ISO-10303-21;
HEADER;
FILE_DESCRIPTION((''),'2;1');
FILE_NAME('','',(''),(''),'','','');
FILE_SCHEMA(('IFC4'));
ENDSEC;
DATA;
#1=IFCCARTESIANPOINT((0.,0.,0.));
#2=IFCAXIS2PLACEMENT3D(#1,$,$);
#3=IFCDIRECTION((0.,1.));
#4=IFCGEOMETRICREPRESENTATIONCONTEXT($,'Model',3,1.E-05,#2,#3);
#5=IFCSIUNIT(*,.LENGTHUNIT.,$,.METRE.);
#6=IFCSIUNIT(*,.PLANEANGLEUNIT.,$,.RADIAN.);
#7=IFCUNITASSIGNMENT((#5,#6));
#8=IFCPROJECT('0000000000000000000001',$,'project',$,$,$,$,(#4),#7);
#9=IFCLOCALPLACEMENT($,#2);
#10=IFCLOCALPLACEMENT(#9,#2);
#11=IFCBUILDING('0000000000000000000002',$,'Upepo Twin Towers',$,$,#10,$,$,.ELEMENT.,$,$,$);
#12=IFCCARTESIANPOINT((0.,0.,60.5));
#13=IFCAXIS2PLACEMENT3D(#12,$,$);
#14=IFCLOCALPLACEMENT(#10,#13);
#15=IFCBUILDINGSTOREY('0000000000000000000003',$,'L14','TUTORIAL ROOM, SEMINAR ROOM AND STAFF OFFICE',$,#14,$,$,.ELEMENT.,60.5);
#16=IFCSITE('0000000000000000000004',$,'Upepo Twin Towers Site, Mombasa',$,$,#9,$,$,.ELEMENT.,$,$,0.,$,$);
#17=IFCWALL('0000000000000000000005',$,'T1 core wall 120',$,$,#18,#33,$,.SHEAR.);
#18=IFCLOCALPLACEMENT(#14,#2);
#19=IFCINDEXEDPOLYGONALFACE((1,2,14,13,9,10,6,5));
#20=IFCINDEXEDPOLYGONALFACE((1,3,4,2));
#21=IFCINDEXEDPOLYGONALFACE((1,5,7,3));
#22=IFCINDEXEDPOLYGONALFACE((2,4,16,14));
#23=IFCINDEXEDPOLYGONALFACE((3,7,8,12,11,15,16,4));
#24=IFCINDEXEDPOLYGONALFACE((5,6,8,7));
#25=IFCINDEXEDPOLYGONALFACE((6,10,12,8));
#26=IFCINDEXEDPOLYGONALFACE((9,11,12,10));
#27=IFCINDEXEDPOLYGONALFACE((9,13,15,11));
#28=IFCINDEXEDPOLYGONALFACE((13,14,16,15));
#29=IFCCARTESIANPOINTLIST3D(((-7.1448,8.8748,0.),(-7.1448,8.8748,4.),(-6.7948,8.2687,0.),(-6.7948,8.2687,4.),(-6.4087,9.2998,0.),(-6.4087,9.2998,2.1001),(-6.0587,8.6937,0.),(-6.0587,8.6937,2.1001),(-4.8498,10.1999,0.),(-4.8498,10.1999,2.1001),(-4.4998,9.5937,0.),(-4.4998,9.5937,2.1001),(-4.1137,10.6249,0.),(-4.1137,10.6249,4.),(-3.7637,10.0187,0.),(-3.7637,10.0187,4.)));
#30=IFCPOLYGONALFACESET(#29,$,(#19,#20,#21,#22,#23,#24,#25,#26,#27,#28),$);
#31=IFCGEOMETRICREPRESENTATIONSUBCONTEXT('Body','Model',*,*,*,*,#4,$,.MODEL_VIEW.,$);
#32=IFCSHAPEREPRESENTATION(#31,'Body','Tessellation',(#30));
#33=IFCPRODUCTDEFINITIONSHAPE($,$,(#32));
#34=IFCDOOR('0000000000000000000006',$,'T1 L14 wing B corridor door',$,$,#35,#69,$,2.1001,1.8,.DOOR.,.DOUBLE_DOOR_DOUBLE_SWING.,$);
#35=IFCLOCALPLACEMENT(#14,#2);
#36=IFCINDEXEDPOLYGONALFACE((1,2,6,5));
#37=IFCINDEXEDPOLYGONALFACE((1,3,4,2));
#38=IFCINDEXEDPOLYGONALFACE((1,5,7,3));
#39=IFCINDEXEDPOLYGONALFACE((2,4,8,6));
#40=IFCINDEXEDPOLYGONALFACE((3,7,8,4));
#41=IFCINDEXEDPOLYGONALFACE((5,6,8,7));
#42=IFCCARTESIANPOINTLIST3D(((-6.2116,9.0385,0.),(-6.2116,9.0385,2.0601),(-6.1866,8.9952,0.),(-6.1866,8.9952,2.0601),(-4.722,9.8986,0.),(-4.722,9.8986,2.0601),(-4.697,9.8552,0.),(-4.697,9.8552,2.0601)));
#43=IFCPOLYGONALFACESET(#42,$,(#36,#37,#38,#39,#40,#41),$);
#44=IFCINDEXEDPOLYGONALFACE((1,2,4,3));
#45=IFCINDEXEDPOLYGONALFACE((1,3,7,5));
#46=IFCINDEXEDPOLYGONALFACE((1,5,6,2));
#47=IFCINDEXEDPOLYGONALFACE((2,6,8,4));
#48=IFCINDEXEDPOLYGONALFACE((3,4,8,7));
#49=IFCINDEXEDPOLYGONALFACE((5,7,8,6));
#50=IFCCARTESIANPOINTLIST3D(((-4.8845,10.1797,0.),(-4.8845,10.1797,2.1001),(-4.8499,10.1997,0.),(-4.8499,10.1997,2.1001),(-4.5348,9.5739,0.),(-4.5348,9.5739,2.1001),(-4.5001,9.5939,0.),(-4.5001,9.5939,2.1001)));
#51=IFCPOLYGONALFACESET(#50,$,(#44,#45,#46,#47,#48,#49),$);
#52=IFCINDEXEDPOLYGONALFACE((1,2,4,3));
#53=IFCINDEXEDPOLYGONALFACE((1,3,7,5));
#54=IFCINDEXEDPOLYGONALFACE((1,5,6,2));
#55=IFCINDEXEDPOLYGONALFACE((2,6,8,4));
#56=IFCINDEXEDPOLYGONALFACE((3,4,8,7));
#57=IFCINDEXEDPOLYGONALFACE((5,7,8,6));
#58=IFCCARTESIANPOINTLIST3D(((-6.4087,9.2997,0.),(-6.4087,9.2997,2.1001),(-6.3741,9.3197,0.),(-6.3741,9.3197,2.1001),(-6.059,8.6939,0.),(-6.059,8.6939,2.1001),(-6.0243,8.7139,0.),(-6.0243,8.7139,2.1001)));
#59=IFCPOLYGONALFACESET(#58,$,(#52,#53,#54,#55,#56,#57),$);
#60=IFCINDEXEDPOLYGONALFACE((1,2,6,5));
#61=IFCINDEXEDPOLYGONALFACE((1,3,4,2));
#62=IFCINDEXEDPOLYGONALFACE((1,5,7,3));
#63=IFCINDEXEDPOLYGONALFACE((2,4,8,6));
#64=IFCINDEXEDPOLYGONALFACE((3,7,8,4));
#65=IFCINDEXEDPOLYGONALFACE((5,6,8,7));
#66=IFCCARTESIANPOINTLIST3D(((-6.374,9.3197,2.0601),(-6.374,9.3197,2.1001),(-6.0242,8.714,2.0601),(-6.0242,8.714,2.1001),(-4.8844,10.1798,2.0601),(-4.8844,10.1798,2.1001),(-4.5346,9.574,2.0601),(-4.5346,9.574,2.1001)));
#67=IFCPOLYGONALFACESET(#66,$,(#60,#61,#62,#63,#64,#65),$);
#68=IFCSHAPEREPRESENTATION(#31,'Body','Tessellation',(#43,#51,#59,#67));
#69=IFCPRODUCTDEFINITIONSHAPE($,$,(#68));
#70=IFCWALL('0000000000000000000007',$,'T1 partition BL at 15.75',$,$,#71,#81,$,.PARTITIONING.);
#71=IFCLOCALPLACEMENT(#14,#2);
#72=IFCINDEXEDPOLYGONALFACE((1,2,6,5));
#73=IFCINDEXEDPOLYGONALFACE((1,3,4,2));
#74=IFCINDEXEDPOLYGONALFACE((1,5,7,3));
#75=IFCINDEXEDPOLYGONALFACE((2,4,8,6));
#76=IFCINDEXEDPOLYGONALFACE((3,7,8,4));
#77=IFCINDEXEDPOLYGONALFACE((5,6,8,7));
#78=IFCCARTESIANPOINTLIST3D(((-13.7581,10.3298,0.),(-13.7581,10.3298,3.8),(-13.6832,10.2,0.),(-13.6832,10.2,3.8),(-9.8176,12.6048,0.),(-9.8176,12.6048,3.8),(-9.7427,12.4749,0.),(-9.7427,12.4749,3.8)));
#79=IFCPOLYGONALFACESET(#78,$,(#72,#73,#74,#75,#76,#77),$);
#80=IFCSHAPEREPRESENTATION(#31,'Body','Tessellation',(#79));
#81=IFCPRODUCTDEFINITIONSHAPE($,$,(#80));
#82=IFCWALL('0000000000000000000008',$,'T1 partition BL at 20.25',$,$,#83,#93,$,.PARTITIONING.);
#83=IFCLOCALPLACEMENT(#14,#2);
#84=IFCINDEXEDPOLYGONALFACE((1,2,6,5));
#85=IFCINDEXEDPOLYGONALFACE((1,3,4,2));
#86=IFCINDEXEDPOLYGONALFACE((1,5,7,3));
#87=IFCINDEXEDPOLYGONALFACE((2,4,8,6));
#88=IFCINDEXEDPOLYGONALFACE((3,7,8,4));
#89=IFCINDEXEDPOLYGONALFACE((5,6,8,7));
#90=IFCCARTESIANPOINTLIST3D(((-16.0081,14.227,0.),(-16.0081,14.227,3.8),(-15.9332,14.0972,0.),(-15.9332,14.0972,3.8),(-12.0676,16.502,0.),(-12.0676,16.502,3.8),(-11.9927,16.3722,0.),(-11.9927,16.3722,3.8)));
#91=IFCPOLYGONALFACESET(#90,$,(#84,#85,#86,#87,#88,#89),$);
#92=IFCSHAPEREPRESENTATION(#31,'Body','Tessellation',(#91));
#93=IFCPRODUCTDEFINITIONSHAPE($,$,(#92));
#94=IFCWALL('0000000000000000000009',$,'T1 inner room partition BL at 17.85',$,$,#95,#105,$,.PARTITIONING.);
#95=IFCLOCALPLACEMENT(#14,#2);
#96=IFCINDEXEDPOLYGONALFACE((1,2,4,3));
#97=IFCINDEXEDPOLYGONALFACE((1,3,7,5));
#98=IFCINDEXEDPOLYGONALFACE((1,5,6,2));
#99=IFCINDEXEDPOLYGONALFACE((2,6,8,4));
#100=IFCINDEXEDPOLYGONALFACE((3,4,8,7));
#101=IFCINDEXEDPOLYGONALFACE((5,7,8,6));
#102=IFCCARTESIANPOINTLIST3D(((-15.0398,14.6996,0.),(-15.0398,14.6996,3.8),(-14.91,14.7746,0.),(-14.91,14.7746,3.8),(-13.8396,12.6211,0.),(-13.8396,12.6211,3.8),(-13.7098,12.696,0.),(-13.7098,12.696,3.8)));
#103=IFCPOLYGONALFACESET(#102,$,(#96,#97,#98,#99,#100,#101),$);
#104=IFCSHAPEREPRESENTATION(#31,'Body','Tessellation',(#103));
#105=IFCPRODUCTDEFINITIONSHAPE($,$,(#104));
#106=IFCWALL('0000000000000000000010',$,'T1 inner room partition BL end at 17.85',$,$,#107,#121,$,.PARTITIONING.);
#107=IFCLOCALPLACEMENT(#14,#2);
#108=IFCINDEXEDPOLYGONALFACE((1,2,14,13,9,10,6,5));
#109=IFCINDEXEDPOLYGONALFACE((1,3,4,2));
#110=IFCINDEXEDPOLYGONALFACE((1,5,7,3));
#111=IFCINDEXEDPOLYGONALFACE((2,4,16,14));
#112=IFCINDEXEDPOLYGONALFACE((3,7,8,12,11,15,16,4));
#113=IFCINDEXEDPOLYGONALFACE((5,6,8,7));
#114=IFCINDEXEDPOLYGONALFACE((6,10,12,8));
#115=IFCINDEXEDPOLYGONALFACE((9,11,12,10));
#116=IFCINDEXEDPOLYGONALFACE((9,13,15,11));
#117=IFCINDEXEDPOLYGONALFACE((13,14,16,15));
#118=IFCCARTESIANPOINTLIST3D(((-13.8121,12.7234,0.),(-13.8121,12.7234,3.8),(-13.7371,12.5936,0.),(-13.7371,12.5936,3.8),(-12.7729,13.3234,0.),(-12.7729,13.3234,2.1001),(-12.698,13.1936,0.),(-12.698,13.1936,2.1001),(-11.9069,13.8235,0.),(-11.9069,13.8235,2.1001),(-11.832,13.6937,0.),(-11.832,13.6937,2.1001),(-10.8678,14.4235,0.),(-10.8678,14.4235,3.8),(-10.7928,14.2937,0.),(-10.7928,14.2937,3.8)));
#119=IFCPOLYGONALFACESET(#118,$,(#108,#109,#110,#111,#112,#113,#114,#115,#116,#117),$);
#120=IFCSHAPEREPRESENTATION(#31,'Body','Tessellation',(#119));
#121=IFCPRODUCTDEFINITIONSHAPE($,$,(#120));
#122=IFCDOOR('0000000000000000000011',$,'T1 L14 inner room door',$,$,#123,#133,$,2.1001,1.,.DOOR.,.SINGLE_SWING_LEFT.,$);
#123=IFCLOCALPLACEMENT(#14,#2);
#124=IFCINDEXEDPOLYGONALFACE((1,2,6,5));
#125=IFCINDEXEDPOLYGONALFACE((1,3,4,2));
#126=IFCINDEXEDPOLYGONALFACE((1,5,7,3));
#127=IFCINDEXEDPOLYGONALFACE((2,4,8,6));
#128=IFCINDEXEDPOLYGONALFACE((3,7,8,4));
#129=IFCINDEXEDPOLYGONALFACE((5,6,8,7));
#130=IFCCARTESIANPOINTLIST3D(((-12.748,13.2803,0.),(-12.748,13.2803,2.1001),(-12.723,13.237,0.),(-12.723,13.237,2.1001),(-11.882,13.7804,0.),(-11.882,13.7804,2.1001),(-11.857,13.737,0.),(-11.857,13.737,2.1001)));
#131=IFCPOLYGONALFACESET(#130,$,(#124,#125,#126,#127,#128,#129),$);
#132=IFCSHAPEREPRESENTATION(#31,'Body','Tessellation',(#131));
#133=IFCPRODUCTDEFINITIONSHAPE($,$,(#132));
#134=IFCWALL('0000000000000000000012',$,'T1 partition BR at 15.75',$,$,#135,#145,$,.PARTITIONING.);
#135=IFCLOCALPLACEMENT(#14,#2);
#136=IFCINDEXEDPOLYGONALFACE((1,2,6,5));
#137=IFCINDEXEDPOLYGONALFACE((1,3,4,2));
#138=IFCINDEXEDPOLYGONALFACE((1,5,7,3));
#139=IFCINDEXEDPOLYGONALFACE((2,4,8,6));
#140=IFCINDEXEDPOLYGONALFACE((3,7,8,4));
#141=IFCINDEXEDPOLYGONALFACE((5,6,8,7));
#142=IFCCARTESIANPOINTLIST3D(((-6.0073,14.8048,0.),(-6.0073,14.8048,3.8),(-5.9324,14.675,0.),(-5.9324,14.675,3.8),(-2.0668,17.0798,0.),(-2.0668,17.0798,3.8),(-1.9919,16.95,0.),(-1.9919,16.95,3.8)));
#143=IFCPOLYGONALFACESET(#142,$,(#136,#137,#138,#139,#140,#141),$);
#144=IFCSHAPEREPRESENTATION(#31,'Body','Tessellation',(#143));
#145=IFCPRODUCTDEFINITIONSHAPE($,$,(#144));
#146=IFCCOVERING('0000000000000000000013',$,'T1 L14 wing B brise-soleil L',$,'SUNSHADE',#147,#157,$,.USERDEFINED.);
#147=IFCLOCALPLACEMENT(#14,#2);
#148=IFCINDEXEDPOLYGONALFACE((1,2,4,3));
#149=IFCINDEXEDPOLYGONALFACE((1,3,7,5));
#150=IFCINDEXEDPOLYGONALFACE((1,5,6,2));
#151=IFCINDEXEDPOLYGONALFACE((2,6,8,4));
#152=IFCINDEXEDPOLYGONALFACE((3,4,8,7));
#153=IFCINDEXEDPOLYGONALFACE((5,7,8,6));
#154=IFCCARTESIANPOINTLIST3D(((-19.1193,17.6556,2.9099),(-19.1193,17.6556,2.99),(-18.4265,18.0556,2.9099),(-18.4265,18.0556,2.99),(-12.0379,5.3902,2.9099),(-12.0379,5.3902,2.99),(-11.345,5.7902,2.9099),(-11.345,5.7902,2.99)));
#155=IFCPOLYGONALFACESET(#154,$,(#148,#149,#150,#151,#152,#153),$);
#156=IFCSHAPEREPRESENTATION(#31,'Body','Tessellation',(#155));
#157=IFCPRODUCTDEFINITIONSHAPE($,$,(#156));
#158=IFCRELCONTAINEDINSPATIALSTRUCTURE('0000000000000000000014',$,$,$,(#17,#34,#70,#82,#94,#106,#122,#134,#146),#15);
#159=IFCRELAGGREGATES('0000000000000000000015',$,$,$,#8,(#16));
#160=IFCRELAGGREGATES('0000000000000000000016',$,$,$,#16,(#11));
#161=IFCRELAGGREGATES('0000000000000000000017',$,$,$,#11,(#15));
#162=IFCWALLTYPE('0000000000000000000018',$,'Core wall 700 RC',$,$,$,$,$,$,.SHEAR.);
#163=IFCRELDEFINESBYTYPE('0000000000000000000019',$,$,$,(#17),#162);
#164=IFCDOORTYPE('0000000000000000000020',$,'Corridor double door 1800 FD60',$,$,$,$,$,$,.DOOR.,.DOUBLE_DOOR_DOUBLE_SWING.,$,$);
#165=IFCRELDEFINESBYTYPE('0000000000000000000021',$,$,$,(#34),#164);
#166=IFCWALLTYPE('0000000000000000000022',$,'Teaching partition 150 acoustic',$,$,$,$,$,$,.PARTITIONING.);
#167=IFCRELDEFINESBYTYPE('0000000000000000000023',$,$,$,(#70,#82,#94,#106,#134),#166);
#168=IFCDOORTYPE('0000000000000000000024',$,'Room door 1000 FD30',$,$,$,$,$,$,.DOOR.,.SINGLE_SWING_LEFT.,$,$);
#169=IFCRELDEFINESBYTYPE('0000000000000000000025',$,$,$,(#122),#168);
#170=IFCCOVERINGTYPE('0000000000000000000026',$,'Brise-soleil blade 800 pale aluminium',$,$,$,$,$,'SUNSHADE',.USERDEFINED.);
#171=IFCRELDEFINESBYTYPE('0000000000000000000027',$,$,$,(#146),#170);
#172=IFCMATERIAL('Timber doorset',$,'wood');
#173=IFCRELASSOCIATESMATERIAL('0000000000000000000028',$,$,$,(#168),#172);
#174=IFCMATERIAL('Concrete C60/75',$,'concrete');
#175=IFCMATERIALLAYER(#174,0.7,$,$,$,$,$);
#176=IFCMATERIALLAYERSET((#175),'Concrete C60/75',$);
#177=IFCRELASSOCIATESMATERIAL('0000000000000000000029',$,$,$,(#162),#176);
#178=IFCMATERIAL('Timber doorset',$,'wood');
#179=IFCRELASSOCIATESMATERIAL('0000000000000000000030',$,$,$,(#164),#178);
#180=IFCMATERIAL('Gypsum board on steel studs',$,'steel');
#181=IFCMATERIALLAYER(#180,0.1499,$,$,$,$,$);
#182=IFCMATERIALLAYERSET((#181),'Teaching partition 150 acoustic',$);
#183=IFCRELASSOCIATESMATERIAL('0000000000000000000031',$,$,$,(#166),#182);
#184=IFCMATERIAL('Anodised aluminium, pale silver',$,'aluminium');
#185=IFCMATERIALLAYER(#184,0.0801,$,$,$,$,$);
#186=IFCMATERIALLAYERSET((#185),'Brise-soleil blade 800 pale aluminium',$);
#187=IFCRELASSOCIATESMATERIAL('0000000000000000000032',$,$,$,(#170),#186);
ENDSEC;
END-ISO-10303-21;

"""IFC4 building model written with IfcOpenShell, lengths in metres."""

from ifc_helpers import new_model, si_unit, direction, frame, frame_2d, origin, origin_2d, place, context, subcontext, project, spatial, rectangle, extrude, material, layer, layer_set, type_object, element, fill, save


model = new_model("IFC4")

# Units and contexts
model_context = context("Model", 3, precision=1e-05, world=origin(), true_north=direction((0.0, 1.0)))
body_context = subcontext(model_context, "Body", "Model", "MODEL_VIEW")
ifc_project = project(units=[si_unit("LENGTHUNIT", "METRE"), si_unit("PLANEANGLEUNIT", "RADIAN")], contexts=[model_context])

# Site, building, storey
site_placement = place(None, origin())
site = spatial("IfcSite", under=ifc_project, at=site_placement, Name="Upepo Twin Towers Site, Mombasa", CompositionType="ELEMENT", RefElevation=0.0)
building_placement = place(site_placement, origin())
building = spatial("IfcBuilding", under=site, at=building_placement, Name="Upepo Twin Towers", CompositionType="ELEMENT")
storey_placement = place(building_placement, frame((0.0, 0.0, 60.5)))
storey = spatial("IfcBuildingStorey", under=building, at=storey_placement, Name="L14", Description="TUTORIAL ROOM, SEMINAR ROOM AND STAFF OFFICE", CompositionType="ELEMENT", Elevation=60.5)

# Shared definitions
ifc_material_1 = material(Name="Timber doorset", Category="wood")
door_type_1 = type_object("IfcDoorType", Name="Room door 1000 FD30", OperationType="SINGLE_SWING_LEFT", PredefinedType="DOOR", material=ifc_material_1)

# Wall, opening, door
ifc_material_2 = material(Name="Concrete C60/75", Category="concrete")
ifc_layer_1 = layer(ifc_material_2, 0.7)
ifc_layer_set_1 = layer_set([ifc_layer_1], Name="Concrete C60/75")
wall_type_1 = type_object("IfcWallType", Name="Core wall 700 RC", PredefinedType="SHEAR", material=ifc_layer_set_1)
wall_1_placement = place(storey_placement, frame((-3.9387, 10.3218, 0.0), z_axis=(0.0, 0.0, 1.0), x_axis=(-0.866019, -0.50001, 0.0)))
wall_1 = element("IfcWall", 1, at=wall_1_placement, inside=storey, type_object=wall_type_1, Name="T1 core wall 120", PredefinedType="SHEAR", context=body_context, shape_type="SweptSolid", body=[
    extrude(rectangle(XDim=3.5, YDim=0.7, at=frame_2d((1.75, 0.0))), origin(), (0.0, 0.0, 1.0), 4.0),
])
opening_1_placement = place(wall_1_placement, frame((0.8501, 0.0, 0.0)))
opening_1 = element("IfcOpeningElement", 2, at=opening_1_placement, cuts=wall_1, PredefinedType="OPENING", context=body_context, shape_type="SweptSolid", body=[
    extrude(rectangle(XDim=1.8, YDim=2.1001, at=frame_2d((0.8999, 1.05))), frame((0.0, 0.3599, 0.0), z_axis=(0.0, -1.0, 0.0), x_axis=(1.0, 0.0, 0.0)), (0.0, 0.0, 1.0), 0.72),
])
ifc_material_3 = material(Name="Timber doorset", Category="wood")
door_type_2 = type_object("IfcDoorType", Name="Corridor double door 1800 FD60", OperationType="DOUBLE_DOOR_DOUBLE_SWING", PredefinedType="DOOR", material=ifc_material_3)
door_1_placement = place(opening_1_placement, origin())
door_1 = element("IfcDoor", 3, at=door_1_placement, inside=storey, type_object=door_type_2, Name="T1 L14 wing B corridor door", OperationType="DOUBLE_DOOR_DOUBLE_SWING", OverallHeight=2.1001, OverallWidth=1.8, PredefinedType="DOOR", context=body_context, shape_type="SweptSolid", body=[
    extrude(rectangle(XDim=1.72, YDim=2.0601, at=frame_2d((0.8999, 1.03))), frame((0.0, 0.0249, 0.0), z_axis=(0.0, -1.0, 0.0), x_axis=(1.0, 0.0, 0.0)), (0.0, 0.0, 1.0), 0.05),
    extrude(rectangle(XDim=0.04, YDim=2.1001, at=frame_2d((0.02, 1.05))), frame((0.0, 0.3496, 0.0), z_axis=(0.0, -1.0, 0.0), x_axis=(1.0, 0.0, 0.0)), (0.0, 0.0, 1.0), 0.6995),
    extrude(rectangle(XDim=0.04, YDim=2.1001, at=frame_2d((1.78, 1.05))), frame((0.0, 0.3496, 0.0), z_axis=(0.0, -1.0, 0.0), x_axis=(1.0, 0.0, 0.0)), (0.0, 0.0, 1.0), 0.6995),
    extrude(rectangle(XDim=1.72, YDim=0.04, at=frame_2d((0.8999, 2.0801))), frame((0.0, 0.3496, 0.0), z_axis=(0.0, -1.0, 0.0), x_axis=(1.0, 0.0, 0.0)), (0.0, 0.0, 1.0), 0.6995),
])
fill(opening_1, door_1)

# Walls
ifc_material_4 = material(Name="Gypsum board on steel studs", Category="steel")
ifc_layer_2 = layer(ifc_material_4, 0.1499)
ifc_layer_set_2 = layer_set([ifc_layer_2], Name="Teaching partition 150 acoustic")
wall_type_2 = type_object("IfcWallType", Name="Teaching partition 150 acoustic", PredefinedType="PARTITIONING", material=ifc_layer_set_2)
for number, where, z_axis, x_axis, name in (
    (4, (-9.7803, 12.5398, 0.0), (0.0, 0.0, 1.0), (-0.866035, -0.499983, 0.0), "T1 partition BL at 15.75"),
    (5, (-12.0303, 16.437, 0.0), (0.0, 0.0, 1.0), (-0.866035, -0.499983, 0.0), "T1 partition BL at 20.25"),
):
    element("IfcWall", number, at=place(storey_placement, frame(where, z_axis=z_axis, x_axis=x_axis)), inside=storey, type_object=wall_type_2, Name=name, PredefinedType="PARTITIONING", context=body_context, shape_type="SweptSolid", body=[
        extrude(rectangle(XDim=4.55, YDim=0.1499, at=frame_2d((2.2749, 0.0))), origin(), (0.0, 0.0, 1.0), 3.8),
    ])
wall_2_placement = place(storey_placement, frame((-13.7747, 12.6584, 0.0), z_axis=(0.0, 0.0, 1.0), x_axis=(-0.500034, 0.866006, 0.0)))
element("IfcWall", 6, at=wall_2_placement, inside=storey, type_object=wall_type_2, Name="T1 inner room partition BL at 17.85", PredefinedType="PARTITIONING", context=body_context, shape_type="SweptSolid", body=[
    extrude(rectangle(XDim=2.4001, YDim=0.1499, at=frame_2d((1.2002, 0.0))), origin(), (0.0, 0.0, 1.0), 3.8),
])

# Wall, opening, door
wall_3_placement = place(storey_placement, frame((-10.8303, 14.3586, 0.0), z_axis=(0.0, 0.0, 1.0), x_axis=(-0.865989, -0.500062, 0.0)))
wall_3 = element("IfcWall", 7, at=wall_3_placement, inside=storey, type_object=wall_type_2, Name="T1 inner room partition BL end at 17.85", PredefinedType="PARTITIONING", context=body_context, shape_type="SweptSolid", body=[
    extrude(rectangle(XDim=3.3999, YDim=0.1499, at=frame_2d((1.7, 0.0))), origin(), (0.0, 0.0, 1.0), 3.8),
])
opening_2_placement = place(wall_3_placement, frame((1.2, 0.0, 0.0)))
opening_2 = element("IfcOpeningElement", 8, at=opening_2_placement, cuts=wall_3, PredefinedType="OPENING", context=body_context, shape_type="SweptSolid", body=[
    extrude(rectangle(XDim=1.0, YDim=2.1001, at=frame_2d((0.5, 1.05))), frame((0.0, 0.085, 0.0), z_axis=(0.0, -1.0, 0.0), x_axis=(1.0, 0.0, 0.0)), (0.0, 0.0, 1.0), 0.1699),
])
door_2_placement = place(opening_2_placement, origin())
door_2 = element("IfcDoor", 9, at=door_2_placement, inside=storey, type_object=door_type_1, Name="T1 L14 inner room door", OperationType="SINGLE_SWING_LEFT", OverallHeight=2.1001, OverallWidth=1.0, PredefinedType="DOOR", context=body_context, shape_type="SweptSolid", body=[
    extrude(rectangle(XDim=1.0, YDim=2.1001, at=frame_2d((0.5, 1.05))), frame((0.0, 0.0249, 0.0), z_axis=(0.0, -1.0, 0.0), x_axis=(1.0, 0.0, 0.0)), (0.0, 0.0, 1.0), 0.05),
])
fill(opening_2, door_2)

# Wall
wall_4_placement = place(storey_placement, frame((-5.9697, 14.74, 0.0), z_axis=(0.0, 0.0, 1.0), x_axis=(0.866035, 0.499983, 0.0)))
element("IfcWall", 10, at=wall_4_placement, inside=storey, type_object=wall_type_2, Name="T1 partition BR at 15.75", PredefinedType="PARTITIONING", context=body_context, shape_type="SweptSolid", body=[
    extrude(rectangle(XDim=4.55, YDim=0.1499, at=frame_2d((2.2749, 0.0))), origin(), (0.0, 0.0, 1.0), 3.8),
])

# Covering
ifc_material_5 = material(Name="Anodised aluminium, pale silver", Category="aluminium")
ifc_layer_3 = layer(ifc_material_5, 0.0801)
ifc_layer_set_3 = layer_set([ifc_layer_3], Name="Brise-soleil blade 800 pale aluminium")
covering_type = type_object("IfcCoveringType", Name="Brise-soleil blade 800 pale aluminium", ElementType="SUNSHADE", PredefinedType="USERDEFINED", material=ifc_layer_set_3)
covering_placement = place(storey_placement, frame((-15.2322, 11.7229, 2.9099), z_axis=(0.0, 0.0, 1.0), x_axis=(-0.5, 0.866025, 0.0)))
element("IfcCovering", 11, at=covering_placement, inside=storey, type_object=covering_type, Name="T1 L14 wing B brise-soleil L", ObjectType="SUNSHADE", PredefinedType="USERDEFINED", context=body_context, shape_type="SweptSolid", body=[
    extrude(rectangle(XDim=14.1628, YDim=0.8, at=origin_2d()), origin(), (0.0, 0.0, 1.0), 0.0801),
])

save(model, "model.ifc")
